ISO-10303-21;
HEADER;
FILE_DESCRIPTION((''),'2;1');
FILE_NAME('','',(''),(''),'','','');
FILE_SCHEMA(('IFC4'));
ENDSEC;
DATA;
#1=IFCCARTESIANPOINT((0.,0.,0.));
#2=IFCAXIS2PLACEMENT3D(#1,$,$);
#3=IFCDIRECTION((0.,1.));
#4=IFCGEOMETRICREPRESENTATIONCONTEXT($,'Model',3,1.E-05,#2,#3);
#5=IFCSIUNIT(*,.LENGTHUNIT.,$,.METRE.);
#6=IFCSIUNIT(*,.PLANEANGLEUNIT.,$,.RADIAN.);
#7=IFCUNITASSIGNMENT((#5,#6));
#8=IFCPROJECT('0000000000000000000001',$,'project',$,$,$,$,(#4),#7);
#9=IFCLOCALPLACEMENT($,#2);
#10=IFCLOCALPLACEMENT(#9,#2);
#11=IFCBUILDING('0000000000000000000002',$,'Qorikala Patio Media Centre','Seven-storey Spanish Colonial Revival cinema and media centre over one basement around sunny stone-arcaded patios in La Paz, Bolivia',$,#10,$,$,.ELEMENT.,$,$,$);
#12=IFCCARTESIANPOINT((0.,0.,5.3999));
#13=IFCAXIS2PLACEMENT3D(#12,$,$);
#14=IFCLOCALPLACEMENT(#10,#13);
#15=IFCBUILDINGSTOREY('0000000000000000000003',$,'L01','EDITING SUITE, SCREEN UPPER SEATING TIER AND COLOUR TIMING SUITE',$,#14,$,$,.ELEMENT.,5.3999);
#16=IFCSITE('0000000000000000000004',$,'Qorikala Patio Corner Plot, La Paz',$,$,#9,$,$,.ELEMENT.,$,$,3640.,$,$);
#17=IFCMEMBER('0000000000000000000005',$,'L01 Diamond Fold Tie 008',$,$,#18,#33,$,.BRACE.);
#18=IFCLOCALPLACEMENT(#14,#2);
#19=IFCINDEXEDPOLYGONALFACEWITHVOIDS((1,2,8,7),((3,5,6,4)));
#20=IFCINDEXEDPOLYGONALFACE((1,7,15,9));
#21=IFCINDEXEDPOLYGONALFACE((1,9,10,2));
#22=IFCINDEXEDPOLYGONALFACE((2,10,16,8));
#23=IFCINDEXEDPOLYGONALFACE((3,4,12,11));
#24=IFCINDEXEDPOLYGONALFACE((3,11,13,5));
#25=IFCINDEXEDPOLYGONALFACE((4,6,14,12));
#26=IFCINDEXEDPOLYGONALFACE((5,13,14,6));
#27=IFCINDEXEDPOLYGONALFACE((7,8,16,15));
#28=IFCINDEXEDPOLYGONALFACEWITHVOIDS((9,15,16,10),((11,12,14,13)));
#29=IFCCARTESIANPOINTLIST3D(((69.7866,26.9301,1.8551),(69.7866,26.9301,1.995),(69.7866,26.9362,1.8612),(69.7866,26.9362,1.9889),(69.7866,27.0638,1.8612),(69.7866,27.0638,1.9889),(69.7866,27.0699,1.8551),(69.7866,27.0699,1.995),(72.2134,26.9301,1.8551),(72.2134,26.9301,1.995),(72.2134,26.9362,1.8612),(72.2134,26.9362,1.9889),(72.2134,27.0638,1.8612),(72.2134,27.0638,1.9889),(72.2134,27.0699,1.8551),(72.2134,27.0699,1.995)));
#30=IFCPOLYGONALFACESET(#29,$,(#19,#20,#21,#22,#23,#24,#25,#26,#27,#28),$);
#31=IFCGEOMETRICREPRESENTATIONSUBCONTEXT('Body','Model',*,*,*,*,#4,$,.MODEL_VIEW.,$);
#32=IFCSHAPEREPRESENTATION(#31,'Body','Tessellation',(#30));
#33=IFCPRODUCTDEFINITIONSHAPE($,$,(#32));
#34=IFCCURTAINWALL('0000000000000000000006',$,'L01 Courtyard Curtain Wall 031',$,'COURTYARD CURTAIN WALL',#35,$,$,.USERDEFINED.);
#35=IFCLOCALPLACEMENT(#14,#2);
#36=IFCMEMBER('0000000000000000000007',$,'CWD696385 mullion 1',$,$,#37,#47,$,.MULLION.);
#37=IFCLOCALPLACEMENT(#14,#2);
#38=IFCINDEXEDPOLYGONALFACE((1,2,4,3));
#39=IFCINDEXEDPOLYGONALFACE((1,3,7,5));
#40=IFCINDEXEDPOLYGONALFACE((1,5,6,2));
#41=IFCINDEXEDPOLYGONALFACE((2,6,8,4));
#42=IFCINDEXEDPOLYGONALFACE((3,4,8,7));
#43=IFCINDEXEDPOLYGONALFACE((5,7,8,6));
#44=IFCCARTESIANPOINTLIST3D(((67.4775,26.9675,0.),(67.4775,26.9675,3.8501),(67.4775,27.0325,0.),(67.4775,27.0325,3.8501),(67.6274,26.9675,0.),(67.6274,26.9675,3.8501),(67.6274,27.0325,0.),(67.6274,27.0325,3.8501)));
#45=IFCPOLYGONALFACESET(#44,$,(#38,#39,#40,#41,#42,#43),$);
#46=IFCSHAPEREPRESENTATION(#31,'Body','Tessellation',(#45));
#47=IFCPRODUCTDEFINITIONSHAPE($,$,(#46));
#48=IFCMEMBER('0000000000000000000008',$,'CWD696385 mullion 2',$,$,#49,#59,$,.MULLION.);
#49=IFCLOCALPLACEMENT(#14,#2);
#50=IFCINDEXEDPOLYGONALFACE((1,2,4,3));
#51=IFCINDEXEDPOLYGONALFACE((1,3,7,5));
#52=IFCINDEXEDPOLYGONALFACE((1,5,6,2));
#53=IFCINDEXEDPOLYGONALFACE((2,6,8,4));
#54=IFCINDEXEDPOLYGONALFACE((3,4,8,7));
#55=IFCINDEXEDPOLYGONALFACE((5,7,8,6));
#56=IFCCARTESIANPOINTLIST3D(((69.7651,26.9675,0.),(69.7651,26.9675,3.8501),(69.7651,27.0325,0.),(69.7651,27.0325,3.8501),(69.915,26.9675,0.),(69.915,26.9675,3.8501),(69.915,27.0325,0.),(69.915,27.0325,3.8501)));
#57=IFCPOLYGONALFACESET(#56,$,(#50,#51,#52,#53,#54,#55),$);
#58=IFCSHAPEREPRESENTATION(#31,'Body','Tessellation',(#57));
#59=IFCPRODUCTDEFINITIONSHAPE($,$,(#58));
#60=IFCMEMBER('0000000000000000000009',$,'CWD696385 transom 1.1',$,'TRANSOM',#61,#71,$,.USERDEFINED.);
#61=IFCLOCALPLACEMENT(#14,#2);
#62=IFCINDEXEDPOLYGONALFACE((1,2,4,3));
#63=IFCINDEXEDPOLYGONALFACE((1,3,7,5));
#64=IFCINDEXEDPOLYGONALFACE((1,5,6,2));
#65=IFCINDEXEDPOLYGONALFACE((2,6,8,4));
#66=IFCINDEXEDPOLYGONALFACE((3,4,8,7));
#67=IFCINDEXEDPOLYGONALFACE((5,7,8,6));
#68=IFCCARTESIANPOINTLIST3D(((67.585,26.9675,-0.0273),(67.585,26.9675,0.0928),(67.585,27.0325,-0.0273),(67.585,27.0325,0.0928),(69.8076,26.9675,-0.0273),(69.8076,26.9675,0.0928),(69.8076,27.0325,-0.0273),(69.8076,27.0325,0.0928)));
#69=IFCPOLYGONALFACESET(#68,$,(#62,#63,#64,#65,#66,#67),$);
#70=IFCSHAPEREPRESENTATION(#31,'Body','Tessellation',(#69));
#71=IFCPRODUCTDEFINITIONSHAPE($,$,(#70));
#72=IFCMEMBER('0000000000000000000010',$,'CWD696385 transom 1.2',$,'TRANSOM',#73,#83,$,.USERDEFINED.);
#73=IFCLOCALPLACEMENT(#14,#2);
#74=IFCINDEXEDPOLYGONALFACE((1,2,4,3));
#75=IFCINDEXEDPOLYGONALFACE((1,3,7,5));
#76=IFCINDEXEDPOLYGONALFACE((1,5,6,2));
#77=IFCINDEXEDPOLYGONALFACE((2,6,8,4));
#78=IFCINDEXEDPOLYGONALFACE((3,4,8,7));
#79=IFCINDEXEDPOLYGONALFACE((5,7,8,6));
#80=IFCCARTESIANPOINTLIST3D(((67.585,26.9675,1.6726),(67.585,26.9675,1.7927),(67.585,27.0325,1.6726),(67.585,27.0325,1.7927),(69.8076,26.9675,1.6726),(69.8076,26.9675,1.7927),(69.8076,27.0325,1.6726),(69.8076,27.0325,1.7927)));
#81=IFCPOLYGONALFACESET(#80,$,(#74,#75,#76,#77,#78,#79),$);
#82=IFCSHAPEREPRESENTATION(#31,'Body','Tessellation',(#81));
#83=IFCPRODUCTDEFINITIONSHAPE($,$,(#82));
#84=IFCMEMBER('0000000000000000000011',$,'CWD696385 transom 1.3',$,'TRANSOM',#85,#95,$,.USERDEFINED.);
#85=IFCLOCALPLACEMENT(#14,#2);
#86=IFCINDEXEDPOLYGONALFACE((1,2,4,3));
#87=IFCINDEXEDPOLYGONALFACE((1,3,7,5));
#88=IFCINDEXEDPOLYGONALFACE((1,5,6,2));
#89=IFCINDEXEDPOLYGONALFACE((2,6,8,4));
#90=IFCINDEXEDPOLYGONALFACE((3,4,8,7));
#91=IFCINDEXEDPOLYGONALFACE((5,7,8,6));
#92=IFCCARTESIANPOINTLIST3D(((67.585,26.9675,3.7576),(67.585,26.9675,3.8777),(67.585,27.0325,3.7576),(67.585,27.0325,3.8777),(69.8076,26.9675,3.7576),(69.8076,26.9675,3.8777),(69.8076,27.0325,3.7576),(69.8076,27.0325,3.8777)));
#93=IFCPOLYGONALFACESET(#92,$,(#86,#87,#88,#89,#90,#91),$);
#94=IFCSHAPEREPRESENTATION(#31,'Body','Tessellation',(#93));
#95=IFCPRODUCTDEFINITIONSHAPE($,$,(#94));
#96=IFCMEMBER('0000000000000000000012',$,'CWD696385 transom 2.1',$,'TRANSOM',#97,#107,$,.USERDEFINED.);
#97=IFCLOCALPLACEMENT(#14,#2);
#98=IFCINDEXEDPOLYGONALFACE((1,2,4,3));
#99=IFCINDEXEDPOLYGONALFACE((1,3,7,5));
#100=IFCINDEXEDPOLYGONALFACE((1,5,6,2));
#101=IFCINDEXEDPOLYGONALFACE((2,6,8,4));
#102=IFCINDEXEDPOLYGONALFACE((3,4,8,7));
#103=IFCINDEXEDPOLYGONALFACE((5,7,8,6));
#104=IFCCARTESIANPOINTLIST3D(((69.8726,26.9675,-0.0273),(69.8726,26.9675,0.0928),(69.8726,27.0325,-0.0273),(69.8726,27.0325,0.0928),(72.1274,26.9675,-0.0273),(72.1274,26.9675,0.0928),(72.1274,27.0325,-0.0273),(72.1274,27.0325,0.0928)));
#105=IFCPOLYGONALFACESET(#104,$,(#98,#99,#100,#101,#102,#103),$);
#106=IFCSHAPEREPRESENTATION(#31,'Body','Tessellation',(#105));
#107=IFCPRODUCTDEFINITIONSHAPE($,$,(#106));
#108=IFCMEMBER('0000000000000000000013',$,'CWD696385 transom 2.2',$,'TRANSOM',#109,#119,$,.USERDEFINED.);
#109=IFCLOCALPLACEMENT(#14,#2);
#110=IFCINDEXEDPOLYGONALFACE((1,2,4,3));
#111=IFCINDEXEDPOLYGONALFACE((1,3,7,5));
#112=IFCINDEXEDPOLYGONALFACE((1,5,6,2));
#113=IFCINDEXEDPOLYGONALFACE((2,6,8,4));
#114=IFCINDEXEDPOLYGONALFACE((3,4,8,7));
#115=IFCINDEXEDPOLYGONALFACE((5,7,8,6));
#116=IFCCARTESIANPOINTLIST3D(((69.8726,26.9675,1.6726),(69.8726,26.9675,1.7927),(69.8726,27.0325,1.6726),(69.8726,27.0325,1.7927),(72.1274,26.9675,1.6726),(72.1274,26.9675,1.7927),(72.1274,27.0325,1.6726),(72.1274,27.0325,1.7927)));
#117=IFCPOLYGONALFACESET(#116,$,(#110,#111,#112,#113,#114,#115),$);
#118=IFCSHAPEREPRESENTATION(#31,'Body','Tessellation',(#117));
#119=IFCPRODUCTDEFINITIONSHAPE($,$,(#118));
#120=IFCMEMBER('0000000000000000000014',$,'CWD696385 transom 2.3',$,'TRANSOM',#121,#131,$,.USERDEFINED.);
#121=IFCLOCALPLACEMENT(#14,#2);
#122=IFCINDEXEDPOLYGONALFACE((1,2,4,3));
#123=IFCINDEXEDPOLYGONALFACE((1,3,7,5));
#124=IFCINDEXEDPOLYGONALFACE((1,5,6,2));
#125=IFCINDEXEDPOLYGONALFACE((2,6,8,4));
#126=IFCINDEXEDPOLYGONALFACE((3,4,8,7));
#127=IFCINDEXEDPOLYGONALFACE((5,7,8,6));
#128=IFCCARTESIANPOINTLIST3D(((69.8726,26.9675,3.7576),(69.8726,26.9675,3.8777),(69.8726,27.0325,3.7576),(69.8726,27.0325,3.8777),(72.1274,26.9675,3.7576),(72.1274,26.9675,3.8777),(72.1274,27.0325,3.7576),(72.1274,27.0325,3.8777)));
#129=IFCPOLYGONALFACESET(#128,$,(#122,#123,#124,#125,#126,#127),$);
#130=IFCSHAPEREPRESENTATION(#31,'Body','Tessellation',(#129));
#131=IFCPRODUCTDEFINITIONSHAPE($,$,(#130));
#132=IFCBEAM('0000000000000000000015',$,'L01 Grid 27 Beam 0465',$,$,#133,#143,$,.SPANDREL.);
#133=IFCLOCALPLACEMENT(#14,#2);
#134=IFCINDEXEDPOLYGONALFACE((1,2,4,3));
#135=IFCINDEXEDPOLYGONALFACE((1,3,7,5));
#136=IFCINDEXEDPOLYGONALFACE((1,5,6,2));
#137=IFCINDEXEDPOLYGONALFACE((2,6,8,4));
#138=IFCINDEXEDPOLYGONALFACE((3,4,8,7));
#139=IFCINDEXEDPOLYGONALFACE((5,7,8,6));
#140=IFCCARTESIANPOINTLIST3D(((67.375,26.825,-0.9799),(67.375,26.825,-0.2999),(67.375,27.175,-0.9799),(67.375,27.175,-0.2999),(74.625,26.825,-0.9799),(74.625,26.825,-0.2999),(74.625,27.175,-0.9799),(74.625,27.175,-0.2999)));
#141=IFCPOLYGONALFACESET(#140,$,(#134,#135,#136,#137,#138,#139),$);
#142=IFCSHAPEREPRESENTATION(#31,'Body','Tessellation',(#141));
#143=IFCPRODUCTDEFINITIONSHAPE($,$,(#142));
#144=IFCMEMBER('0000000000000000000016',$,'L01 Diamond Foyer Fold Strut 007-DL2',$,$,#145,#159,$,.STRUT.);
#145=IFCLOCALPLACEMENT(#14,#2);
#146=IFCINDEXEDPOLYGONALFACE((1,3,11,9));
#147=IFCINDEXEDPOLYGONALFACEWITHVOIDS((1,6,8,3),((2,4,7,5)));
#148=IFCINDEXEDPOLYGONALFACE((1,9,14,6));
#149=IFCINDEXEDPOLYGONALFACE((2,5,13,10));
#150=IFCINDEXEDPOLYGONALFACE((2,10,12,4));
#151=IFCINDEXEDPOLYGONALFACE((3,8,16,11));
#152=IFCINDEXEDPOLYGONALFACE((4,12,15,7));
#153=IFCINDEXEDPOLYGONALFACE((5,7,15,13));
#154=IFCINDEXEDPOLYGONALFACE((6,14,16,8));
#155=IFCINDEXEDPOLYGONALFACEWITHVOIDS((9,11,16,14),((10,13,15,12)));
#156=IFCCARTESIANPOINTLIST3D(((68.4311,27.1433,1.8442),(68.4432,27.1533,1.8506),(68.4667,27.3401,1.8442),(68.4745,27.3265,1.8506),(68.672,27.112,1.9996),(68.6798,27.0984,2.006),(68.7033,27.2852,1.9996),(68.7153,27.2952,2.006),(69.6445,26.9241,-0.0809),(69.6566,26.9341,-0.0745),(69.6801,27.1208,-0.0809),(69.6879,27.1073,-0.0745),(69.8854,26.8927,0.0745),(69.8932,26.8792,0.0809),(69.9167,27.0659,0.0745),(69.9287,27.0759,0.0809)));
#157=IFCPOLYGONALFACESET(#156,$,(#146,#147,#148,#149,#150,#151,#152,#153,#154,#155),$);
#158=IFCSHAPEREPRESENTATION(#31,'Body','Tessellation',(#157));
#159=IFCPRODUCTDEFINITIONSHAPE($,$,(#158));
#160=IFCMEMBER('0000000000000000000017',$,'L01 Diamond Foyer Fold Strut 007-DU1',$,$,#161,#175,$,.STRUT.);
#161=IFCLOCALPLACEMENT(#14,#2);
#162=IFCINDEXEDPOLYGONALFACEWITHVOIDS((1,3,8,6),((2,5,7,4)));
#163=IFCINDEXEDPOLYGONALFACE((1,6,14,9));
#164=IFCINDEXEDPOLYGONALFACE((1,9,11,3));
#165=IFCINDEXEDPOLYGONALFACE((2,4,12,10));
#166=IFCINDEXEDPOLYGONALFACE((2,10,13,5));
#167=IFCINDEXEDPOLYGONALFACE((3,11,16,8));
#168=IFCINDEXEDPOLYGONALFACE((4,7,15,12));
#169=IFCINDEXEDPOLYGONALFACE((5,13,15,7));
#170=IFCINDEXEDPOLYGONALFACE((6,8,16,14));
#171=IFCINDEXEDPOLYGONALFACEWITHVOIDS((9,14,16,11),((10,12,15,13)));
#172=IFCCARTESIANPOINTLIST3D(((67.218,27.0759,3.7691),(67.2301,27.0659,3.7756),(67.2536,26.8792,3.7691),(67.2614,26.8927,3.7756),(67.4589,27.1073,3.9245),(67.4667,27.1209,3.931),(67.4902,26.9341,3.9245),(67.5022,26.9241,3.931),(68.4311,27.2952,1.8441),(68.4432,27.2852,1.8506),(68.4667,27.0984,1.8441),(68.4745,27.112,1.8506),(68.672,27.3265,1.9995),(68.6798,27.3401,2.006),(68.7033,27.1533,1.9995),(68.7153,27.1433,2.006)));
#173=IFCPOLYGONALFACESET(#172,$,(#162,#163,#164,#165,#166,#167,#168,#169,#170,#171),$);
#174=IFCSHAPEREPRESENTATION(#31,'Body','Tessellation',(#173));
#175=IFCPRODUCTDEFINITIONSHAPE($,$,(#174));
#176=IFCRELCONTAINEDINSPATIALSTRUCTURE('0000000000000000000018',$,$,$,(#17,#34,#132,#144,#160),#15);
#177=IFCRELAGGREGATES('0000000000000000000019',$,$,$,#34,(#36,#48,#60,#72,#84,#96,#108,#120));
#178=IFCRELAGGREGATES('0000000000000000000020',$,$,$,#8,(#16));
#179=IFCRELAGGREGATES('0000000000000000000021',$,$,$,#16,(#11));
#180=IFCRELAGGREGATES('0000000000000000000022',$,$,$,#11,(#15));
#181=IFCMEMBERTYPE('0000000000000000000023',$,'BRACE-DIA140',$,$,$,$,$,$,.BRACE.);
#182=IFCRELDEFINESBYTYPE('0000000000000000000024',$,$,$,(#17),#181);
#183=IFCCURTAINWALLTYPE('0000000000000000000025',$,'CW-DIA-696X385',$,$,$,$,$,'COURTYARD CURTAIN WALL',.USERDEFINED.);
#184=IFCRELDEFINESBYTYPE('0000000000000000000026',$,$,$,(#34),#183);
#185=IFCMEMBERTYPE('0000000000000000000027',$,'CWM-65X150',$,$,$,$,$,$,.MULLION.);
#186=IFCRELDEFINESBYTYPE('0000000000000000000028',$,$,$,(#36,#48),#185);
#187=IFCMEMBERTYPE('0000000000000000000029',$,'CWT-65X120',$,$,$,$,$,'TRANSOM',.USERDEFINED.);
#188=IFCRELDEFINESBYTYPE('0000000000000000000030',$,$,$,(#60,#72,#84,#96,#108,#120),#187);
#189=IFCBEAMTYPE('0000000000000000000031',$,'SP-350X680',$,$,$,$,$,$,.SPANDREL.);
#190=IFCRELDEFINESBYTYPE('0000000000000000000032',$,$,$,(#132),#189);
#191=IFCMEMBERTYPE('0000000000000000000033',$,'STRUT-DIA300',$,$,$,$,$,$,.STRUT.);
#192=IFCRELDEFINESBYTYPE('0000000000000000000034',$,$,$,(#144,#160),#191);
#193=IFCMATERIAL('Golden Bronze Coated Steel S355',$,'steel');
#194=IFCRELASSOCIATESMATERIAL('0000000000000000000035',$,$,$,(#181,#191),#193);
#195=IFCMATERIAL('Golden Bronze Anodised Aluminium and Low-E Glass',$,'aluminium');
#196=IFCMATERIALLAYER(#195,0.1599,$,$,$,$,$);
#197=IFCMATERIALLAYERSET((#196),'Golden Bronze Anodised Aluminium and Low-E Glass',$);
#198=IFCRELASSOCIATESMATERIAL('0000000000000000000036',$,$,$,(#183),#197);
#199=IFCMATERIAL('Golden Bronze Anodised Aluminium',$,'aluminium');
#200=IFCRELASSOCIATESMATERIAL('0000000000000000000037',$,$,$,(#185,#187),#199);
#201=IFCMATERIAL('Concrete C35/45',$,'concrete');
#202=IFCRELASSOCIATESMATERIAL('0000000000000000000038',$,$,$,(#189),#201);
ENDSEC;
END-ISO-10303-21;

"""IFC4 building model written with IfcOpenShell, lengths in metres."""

from ifc_helpers import new_model, si_unit, direction, frame, origin, origin_2d, place, context, subcontext, project, spatial, rectangle, hollow_rectangle, extrude, material, layer, layer_set, material_profile, profile_set, type_object, element, aggregate, save


model = new_model("IFC4")

# Units and contexts
model_context = context("Model", 3, precision=1e-05, world=origin(), true_north=direction((0.0, 1.0)))
body_context = subcontext(model_context, "Body", "Model", "MODEL_VIEW")
ifc_project = project(units=[si_unit("LENGTHUNIT", "METRE"), si_unit("PLANEANGLEUNIT", "RADIAN")], contexts=[model_context])

# Site, building, storey
site_placement = place(None, origin())
site = spatial("IfcSite", under=ifc_project, at=site_placement, Name="Qorikala Patio Corner Plot, La Paz", CompositionType="ELEMENT", RefElevation=3640.0)
building_placement = place(site_placement, origin())
building = spatial("IfcBuilding", under=site, at=building_placement, Name="Qorikala Patio Media Centre", Description="Seven-storey Spanish Colonial Revival cinema and media centre over one basement around sunny stone-arcaded patios in La Paz, Bolivia", CompositionType="ELEMENT")
storey_placement = place(building_placement, frame((0.0, 0.0, 5.3999)))
storey = spatial("IfcBuildingStorey", under=building, at=storey_placement, Name="L01", Description="EDITING SUITE, SCREEN UPPER SEATING TIER AND COLOUR TIMING SUITE", CompositionType="ELEMENT", Elevation=5.3999)

# Member
ifc_material_1 = material(Name="Golden Bronze Coated Steel S355", Category="steel")
ifc_material_profile_1 = material_profile(ifc_material_1, hollow_rectangle(XDim=0.1399, YDim=0.1399, WallThickness=0.0061, at=origin_2d()), Name="HSS140X140X6")
ifc_profile_set_1 = profile_set([ifc_material_profile_1], Name="Golden Bronze Coated Steel S355")
member_type_1 = type_object("IfcMemberType", Name="BRACE-DIA140", PredefinedType="BRACE", material=ifc_profile_set_1)
member_1_placement = place(storey_placement, frame((69.7866, 27.0, 1.925), z_axis=(1.0, 0.0, 0.0), x_axis=(0.0, 1.0, 0.0)))
element("IfcMember", 1, at=member_1_placement, inside=storey, type_object=member_type_1, Name="L01 Diamond Fold Tie 008", PredefinedType="BRACE", context=body_context, shape_type="SweptSolid", body=[
    extrude(hollow_rectangle(XDim=0.1399, YDim=0.1399, WallThickness=0.0061, at=origin_2d()), origin(), (0.0, 0.0, 1.0), 2.4268),
])

# Curtain wall, members
ifc_material_2 = material(Name="Golden Bronze Anodised Aluminium and Low-E Glass", Category="aluminium")
ifc_layer_1 = layer(ifc_material_2, 0.1599)
ifc_layer_set_1 = layer_set([ifc_layer_1], Name="Golden Bronze Anodised Aluminium and Low-E Glass")
curtain_wall_type = type_object("IfcCurtainWallType", Name="CW-DIA-696X385", ElementType="COURTYARD CURTAIN WALL", PredefinedType="USERDEFINED", material=ifc_layer_set_1)
curtain_wall_placement = place(storey_placement, origin())
curtain_wall = element("IfcCurtainWall", 2, at=curtain_wall_placement, inside=storey, type_object=curtain_wall_type, Name="L01 Courtyard Curtain Wall 031", ObjectType="COURTYARD CURTAIN WALL", PredefinedType="USERDEFINED")
ifc_material_3 = material(Name="Golden Bronze Anodised Aluminium", Category="aluminium")
ifc_material_profile_2 = material_profile(ifc_material_3, rectangle(XDim=0.0649, YDim=0.1499, at=origin_2d()), Name="ALU MULLION 65x150")
ifc_profile_set_2 = profile_set([ifc_material_profile_2], Name="Golden Bronze Anodised Aluminium")
member_type_2 = type_object("IfcMemberType", Name="CWM-65X150", PredefinedType="MULLION", material=ifc_profile_set_2)
member_2_placement = place(storey_placement, frame((67.5525, 27.0, 0.0), z_axis=(0.0, 0.0, 1.0), x_axis=(0.0, 1.0, 0.0)))
member_2 = element("IfcMember", 3, at=member_2_placement, type_object=member_type_2, Name="CWD696385 mullion 1", PredefinedType="MULLION", context=body_context, shape_type="SweptSolid", body=[
    extrude(rectangle(XDim=0.0649, YDim=0.1499, at=origin_2d()), origin(), (0.0, 0.0, 1.0), 3.8501),
])
member_3_placement = place(storey_placement, frame((69.8401, 27.0, 0.0), z_axis=(0.0, 0.0, 1.0), x_axis=(0.0, 1.0, 0.0)))
member_3 = element("IfcMember", 4, at=member_3_placement, type_object=member_type_2, Name="CWD696385 mullion 2", PredefinedType="MULLION", context=body_context, shape_type="SweptSolid", body=[
    extrude(rectangle(XDim=0.0649, YDim=0.1499, at=origin_2d()), origin(), (0.0, 0.0, 1.0), 3.8501),
])
ifc_material_profile_3 = material_profile(ifc_material_3, rectangle(XDim=0.0649, YDim=0.1201, at=origin_2d()), Name="ALU TRANSOM 65x120")
ifc_profile_set_3 = profile_set([ifc_material_profile_3], Name="Golden Bronze Anodised Aluminium")
member_type_3 = type_object("IfcMemberType", Name="CWT-65X120", ElementType="TRANSOM", PredefinedType="USERDEFINED", material=ifc_profile_set_3)
member_4_placement = place(storey_placement, frame((67.585, 27.0, 0.0327), z_axis=(1.0, 0.0, 0.0), x_axis=(0.0, 1.0, 0.0)))
member_4 = element("IfcMember", 5, at=member_4_placement, type_object=member_type_3, Name="CWD696385 transom 1.1", ObjectType="TRANSOM", PredefinedType="USERDEFINED", context=body_context, shape_type="SweptSolid", body=[
    extrude(rectangle(XDim=0.0649, YDim=0.1201, at=origin_2d()), origin(), (0.0, 0.0, 1.0), 2.2227),
])
member_5_placement = place(storey_placement, frame((67.585, 27.0, 1.7327), z_axis=(1.0, 0.0, 0.0), x_axis=(0.0, 1.0, 0.0)))
member_5 = element("IfcMember", 6, at=member_5_placement, type_object=member_type_3, Name="CWD696385 transom 1.2", ObjectType="TRANSOM", PredefinedType="USERDEFINED", context=body_context, shape_type="SweptSolid", body=[
    extrude(rectangle(XDim=0.0649, YDim=0.1201, at=origin_2d()), origin(), (0.0, 0.0, 1.0), 2.2227),
])
member_6_placement = place(storey_placement, frame((67.585, 27.0, 3.8176), z_axis=(1.0, 0.0, 0.0), x_axis=(0.0, 1.0, 0.0)))
member_6 = element("IfcMember", 7, at=member_6_placement, type_object=member_type_3, Name="CWD696385 transom 1.3", ObjectType="TRANSOM", PredefinedType="USERDEFINED", context=body_context, shape_type="SweptSolid", body=[
    extrude(rectangle(XDim=0.0649, YDim=0.1201, at=origin_2d()), origin(), (0.0, 0.0, 1.0), 2.2227),
])
member_7_placement = place(storey_placement, frame((69.8726, 27.0, 0.0327), z_axis=(1.0, 0.0, 0.0), x_axis=(0.0, 1.0, 0.0)))
member_7 = element("IfcMember", 8, at=member_7_placement, type_object=member_type_3, Name="CWD696385 transom 2.1", ObjectType="TRANSOM", PredefinedType="USERDEFINED", context=body_context, shape_type="SweptSolid", body=[
    extrude(rectangle(XDim=0.0649, YDim=0.1201, at=origin_2d()), origin(), (0.0, 0.0, 1.0), 2.2549),
])
member_8_placement = place(storey_placement, frame((69.8726, 27.0, 1.7327), z_axis=(1.0, 0.0, 0.0), x_axis=(0.0, 1.0, 0.0)))
member_8 = element("IfcMember", 9, at=member_8_placement, type_object=member_type_3, Name="CWD696385 transom 2.2", ObjectType="TRANSOM", PredefinedType="USERDEFINED", context=body_context, shape_type="SweptSolid", body=[
    extrude(rectangle(XDim=0.0649, YDim=0.1201, at=origin_2d()), origin(), (0.0, 0.0, 1.0), 2.2549),
])
member_9_placement = place(storey_placement, frame((69.8726, 27.0, 3.8176), z_axis=(1.0, 0.0, 0.0), x_axis=(0.0, 1.0, 0.0)))
member_9 = element("IfcMember", 10, at=member_9_placement, type_object=member_type_3, Name="CWD696385 transom 2.3", ObjectType="TRANSOM", PredefinedType="USERDEFINED", context=body_context, shape_type="SweptSolid", body=[
    extrude(rectangle(XDim=0.0649, YDim=0.1201, at=origin_2d()), origin(), (0.0, 0.0, 1.0), 2.2549),
])

# Beam
ifc_material_4 = material(Name="Concrete C35/45", Category="concrete")
ifc_material_profile_4 = material_profile(ifc_material_4, rectangle(XDim=0.3501, YDim=0.6799, at=origin_2d()), Name="RC 350x680")
ifc_profile_set_4 = profile_set([ifc_material_profile_4], Name="Concrete C35/45")
beam_type = type_object("IfcBeamType", Name="SP-350X680", PredefinedType="SPANDREL", material=ifc_profile_set_4)
beam_placement = place(storey_placement, frame((67.375, 27.0, -0.6399), z_axis=(1.0, 0.0, 0.0), x_axis=(0.0, 1.0, 0.0)))
element("IfcBeam", 11, at=beam_placement, inside=storey, type_object=beam_type, Name="L01 Grid 27 Beam 0465", PredefinedType="SPANDREL", context=body_context, shape_type="SweptSolid", body=[
    extrude(rectangle(XDim=0.3501, YDim=0.6799, at=origin_2d()), origin(), (0.0, 0.0, 1.0), 7.25),
])

# Members
ifc_material_profile_5 = material_profile(ifc_material_1, hollow_rectangle(XDim=0.2, YDim=0.3, WallThickness=0.012, at=origin_2d()), Name="HSS300X200X12")
ifc_profile_set_5 = profile_set([ifc_material_profile_5], Name="Golden Bronze Coated Steel S355")
member_type_4 = type_object("IfcMemberType", Name="STRUT-DIA300", PredefinedType="STRUT", material=ifc_profile_set_5)
member_10_placement = place(storey_placement, frame((69.7866, 27.0, 0.0), z_axis=(-0.530768, 0.095901, 0.842074), x_axis=(-0.177805, -0.984066, 0.0)))
element("IfcMember", 12, at=member_10_placement, inside=storey, type_object=member_type_4, Name="L01 Diamond Foyer Fold Strut 007-DL2", PredefinedType="STRUT", context=body_context, shape_type="SweptSolid", body=[
    extrude(hollow_rectangle(XDim=0.2, YDim=0.3, WallThickness=0.012, at=origin_2d()), origin(), (0.0, 0.0, 1.0), 2.2861),
])
member_11_placement = place(storey_placement, frame((68.5732, 27.2192, 1.925), z_axis=(-0.530691, -0.095907, 0.842121), x_axis=(0.17784, -0.984059, 0.0)))
element("IfcMember", 13, at=member_11_placement, inside=storey, type_object=member_type_4, Name="L01 Diamond Foyer Fold Strut 007-DU1", PredefinedType="STRUT", context=body_context, shape_type="SweptSolid", body=[
    extrude(hollow_rectangle(XDim=0.2, YDim=0.3, WallThickness=0.012, at=origin_2d()), origin(), (0.0, 0.0, 1.0), 2.2859),
])

aggregate(curtain_wall, [member_2, member_3, member_4, member_5, member_6, member_7, member_8, member_9])

save(model, "model.ifc")
